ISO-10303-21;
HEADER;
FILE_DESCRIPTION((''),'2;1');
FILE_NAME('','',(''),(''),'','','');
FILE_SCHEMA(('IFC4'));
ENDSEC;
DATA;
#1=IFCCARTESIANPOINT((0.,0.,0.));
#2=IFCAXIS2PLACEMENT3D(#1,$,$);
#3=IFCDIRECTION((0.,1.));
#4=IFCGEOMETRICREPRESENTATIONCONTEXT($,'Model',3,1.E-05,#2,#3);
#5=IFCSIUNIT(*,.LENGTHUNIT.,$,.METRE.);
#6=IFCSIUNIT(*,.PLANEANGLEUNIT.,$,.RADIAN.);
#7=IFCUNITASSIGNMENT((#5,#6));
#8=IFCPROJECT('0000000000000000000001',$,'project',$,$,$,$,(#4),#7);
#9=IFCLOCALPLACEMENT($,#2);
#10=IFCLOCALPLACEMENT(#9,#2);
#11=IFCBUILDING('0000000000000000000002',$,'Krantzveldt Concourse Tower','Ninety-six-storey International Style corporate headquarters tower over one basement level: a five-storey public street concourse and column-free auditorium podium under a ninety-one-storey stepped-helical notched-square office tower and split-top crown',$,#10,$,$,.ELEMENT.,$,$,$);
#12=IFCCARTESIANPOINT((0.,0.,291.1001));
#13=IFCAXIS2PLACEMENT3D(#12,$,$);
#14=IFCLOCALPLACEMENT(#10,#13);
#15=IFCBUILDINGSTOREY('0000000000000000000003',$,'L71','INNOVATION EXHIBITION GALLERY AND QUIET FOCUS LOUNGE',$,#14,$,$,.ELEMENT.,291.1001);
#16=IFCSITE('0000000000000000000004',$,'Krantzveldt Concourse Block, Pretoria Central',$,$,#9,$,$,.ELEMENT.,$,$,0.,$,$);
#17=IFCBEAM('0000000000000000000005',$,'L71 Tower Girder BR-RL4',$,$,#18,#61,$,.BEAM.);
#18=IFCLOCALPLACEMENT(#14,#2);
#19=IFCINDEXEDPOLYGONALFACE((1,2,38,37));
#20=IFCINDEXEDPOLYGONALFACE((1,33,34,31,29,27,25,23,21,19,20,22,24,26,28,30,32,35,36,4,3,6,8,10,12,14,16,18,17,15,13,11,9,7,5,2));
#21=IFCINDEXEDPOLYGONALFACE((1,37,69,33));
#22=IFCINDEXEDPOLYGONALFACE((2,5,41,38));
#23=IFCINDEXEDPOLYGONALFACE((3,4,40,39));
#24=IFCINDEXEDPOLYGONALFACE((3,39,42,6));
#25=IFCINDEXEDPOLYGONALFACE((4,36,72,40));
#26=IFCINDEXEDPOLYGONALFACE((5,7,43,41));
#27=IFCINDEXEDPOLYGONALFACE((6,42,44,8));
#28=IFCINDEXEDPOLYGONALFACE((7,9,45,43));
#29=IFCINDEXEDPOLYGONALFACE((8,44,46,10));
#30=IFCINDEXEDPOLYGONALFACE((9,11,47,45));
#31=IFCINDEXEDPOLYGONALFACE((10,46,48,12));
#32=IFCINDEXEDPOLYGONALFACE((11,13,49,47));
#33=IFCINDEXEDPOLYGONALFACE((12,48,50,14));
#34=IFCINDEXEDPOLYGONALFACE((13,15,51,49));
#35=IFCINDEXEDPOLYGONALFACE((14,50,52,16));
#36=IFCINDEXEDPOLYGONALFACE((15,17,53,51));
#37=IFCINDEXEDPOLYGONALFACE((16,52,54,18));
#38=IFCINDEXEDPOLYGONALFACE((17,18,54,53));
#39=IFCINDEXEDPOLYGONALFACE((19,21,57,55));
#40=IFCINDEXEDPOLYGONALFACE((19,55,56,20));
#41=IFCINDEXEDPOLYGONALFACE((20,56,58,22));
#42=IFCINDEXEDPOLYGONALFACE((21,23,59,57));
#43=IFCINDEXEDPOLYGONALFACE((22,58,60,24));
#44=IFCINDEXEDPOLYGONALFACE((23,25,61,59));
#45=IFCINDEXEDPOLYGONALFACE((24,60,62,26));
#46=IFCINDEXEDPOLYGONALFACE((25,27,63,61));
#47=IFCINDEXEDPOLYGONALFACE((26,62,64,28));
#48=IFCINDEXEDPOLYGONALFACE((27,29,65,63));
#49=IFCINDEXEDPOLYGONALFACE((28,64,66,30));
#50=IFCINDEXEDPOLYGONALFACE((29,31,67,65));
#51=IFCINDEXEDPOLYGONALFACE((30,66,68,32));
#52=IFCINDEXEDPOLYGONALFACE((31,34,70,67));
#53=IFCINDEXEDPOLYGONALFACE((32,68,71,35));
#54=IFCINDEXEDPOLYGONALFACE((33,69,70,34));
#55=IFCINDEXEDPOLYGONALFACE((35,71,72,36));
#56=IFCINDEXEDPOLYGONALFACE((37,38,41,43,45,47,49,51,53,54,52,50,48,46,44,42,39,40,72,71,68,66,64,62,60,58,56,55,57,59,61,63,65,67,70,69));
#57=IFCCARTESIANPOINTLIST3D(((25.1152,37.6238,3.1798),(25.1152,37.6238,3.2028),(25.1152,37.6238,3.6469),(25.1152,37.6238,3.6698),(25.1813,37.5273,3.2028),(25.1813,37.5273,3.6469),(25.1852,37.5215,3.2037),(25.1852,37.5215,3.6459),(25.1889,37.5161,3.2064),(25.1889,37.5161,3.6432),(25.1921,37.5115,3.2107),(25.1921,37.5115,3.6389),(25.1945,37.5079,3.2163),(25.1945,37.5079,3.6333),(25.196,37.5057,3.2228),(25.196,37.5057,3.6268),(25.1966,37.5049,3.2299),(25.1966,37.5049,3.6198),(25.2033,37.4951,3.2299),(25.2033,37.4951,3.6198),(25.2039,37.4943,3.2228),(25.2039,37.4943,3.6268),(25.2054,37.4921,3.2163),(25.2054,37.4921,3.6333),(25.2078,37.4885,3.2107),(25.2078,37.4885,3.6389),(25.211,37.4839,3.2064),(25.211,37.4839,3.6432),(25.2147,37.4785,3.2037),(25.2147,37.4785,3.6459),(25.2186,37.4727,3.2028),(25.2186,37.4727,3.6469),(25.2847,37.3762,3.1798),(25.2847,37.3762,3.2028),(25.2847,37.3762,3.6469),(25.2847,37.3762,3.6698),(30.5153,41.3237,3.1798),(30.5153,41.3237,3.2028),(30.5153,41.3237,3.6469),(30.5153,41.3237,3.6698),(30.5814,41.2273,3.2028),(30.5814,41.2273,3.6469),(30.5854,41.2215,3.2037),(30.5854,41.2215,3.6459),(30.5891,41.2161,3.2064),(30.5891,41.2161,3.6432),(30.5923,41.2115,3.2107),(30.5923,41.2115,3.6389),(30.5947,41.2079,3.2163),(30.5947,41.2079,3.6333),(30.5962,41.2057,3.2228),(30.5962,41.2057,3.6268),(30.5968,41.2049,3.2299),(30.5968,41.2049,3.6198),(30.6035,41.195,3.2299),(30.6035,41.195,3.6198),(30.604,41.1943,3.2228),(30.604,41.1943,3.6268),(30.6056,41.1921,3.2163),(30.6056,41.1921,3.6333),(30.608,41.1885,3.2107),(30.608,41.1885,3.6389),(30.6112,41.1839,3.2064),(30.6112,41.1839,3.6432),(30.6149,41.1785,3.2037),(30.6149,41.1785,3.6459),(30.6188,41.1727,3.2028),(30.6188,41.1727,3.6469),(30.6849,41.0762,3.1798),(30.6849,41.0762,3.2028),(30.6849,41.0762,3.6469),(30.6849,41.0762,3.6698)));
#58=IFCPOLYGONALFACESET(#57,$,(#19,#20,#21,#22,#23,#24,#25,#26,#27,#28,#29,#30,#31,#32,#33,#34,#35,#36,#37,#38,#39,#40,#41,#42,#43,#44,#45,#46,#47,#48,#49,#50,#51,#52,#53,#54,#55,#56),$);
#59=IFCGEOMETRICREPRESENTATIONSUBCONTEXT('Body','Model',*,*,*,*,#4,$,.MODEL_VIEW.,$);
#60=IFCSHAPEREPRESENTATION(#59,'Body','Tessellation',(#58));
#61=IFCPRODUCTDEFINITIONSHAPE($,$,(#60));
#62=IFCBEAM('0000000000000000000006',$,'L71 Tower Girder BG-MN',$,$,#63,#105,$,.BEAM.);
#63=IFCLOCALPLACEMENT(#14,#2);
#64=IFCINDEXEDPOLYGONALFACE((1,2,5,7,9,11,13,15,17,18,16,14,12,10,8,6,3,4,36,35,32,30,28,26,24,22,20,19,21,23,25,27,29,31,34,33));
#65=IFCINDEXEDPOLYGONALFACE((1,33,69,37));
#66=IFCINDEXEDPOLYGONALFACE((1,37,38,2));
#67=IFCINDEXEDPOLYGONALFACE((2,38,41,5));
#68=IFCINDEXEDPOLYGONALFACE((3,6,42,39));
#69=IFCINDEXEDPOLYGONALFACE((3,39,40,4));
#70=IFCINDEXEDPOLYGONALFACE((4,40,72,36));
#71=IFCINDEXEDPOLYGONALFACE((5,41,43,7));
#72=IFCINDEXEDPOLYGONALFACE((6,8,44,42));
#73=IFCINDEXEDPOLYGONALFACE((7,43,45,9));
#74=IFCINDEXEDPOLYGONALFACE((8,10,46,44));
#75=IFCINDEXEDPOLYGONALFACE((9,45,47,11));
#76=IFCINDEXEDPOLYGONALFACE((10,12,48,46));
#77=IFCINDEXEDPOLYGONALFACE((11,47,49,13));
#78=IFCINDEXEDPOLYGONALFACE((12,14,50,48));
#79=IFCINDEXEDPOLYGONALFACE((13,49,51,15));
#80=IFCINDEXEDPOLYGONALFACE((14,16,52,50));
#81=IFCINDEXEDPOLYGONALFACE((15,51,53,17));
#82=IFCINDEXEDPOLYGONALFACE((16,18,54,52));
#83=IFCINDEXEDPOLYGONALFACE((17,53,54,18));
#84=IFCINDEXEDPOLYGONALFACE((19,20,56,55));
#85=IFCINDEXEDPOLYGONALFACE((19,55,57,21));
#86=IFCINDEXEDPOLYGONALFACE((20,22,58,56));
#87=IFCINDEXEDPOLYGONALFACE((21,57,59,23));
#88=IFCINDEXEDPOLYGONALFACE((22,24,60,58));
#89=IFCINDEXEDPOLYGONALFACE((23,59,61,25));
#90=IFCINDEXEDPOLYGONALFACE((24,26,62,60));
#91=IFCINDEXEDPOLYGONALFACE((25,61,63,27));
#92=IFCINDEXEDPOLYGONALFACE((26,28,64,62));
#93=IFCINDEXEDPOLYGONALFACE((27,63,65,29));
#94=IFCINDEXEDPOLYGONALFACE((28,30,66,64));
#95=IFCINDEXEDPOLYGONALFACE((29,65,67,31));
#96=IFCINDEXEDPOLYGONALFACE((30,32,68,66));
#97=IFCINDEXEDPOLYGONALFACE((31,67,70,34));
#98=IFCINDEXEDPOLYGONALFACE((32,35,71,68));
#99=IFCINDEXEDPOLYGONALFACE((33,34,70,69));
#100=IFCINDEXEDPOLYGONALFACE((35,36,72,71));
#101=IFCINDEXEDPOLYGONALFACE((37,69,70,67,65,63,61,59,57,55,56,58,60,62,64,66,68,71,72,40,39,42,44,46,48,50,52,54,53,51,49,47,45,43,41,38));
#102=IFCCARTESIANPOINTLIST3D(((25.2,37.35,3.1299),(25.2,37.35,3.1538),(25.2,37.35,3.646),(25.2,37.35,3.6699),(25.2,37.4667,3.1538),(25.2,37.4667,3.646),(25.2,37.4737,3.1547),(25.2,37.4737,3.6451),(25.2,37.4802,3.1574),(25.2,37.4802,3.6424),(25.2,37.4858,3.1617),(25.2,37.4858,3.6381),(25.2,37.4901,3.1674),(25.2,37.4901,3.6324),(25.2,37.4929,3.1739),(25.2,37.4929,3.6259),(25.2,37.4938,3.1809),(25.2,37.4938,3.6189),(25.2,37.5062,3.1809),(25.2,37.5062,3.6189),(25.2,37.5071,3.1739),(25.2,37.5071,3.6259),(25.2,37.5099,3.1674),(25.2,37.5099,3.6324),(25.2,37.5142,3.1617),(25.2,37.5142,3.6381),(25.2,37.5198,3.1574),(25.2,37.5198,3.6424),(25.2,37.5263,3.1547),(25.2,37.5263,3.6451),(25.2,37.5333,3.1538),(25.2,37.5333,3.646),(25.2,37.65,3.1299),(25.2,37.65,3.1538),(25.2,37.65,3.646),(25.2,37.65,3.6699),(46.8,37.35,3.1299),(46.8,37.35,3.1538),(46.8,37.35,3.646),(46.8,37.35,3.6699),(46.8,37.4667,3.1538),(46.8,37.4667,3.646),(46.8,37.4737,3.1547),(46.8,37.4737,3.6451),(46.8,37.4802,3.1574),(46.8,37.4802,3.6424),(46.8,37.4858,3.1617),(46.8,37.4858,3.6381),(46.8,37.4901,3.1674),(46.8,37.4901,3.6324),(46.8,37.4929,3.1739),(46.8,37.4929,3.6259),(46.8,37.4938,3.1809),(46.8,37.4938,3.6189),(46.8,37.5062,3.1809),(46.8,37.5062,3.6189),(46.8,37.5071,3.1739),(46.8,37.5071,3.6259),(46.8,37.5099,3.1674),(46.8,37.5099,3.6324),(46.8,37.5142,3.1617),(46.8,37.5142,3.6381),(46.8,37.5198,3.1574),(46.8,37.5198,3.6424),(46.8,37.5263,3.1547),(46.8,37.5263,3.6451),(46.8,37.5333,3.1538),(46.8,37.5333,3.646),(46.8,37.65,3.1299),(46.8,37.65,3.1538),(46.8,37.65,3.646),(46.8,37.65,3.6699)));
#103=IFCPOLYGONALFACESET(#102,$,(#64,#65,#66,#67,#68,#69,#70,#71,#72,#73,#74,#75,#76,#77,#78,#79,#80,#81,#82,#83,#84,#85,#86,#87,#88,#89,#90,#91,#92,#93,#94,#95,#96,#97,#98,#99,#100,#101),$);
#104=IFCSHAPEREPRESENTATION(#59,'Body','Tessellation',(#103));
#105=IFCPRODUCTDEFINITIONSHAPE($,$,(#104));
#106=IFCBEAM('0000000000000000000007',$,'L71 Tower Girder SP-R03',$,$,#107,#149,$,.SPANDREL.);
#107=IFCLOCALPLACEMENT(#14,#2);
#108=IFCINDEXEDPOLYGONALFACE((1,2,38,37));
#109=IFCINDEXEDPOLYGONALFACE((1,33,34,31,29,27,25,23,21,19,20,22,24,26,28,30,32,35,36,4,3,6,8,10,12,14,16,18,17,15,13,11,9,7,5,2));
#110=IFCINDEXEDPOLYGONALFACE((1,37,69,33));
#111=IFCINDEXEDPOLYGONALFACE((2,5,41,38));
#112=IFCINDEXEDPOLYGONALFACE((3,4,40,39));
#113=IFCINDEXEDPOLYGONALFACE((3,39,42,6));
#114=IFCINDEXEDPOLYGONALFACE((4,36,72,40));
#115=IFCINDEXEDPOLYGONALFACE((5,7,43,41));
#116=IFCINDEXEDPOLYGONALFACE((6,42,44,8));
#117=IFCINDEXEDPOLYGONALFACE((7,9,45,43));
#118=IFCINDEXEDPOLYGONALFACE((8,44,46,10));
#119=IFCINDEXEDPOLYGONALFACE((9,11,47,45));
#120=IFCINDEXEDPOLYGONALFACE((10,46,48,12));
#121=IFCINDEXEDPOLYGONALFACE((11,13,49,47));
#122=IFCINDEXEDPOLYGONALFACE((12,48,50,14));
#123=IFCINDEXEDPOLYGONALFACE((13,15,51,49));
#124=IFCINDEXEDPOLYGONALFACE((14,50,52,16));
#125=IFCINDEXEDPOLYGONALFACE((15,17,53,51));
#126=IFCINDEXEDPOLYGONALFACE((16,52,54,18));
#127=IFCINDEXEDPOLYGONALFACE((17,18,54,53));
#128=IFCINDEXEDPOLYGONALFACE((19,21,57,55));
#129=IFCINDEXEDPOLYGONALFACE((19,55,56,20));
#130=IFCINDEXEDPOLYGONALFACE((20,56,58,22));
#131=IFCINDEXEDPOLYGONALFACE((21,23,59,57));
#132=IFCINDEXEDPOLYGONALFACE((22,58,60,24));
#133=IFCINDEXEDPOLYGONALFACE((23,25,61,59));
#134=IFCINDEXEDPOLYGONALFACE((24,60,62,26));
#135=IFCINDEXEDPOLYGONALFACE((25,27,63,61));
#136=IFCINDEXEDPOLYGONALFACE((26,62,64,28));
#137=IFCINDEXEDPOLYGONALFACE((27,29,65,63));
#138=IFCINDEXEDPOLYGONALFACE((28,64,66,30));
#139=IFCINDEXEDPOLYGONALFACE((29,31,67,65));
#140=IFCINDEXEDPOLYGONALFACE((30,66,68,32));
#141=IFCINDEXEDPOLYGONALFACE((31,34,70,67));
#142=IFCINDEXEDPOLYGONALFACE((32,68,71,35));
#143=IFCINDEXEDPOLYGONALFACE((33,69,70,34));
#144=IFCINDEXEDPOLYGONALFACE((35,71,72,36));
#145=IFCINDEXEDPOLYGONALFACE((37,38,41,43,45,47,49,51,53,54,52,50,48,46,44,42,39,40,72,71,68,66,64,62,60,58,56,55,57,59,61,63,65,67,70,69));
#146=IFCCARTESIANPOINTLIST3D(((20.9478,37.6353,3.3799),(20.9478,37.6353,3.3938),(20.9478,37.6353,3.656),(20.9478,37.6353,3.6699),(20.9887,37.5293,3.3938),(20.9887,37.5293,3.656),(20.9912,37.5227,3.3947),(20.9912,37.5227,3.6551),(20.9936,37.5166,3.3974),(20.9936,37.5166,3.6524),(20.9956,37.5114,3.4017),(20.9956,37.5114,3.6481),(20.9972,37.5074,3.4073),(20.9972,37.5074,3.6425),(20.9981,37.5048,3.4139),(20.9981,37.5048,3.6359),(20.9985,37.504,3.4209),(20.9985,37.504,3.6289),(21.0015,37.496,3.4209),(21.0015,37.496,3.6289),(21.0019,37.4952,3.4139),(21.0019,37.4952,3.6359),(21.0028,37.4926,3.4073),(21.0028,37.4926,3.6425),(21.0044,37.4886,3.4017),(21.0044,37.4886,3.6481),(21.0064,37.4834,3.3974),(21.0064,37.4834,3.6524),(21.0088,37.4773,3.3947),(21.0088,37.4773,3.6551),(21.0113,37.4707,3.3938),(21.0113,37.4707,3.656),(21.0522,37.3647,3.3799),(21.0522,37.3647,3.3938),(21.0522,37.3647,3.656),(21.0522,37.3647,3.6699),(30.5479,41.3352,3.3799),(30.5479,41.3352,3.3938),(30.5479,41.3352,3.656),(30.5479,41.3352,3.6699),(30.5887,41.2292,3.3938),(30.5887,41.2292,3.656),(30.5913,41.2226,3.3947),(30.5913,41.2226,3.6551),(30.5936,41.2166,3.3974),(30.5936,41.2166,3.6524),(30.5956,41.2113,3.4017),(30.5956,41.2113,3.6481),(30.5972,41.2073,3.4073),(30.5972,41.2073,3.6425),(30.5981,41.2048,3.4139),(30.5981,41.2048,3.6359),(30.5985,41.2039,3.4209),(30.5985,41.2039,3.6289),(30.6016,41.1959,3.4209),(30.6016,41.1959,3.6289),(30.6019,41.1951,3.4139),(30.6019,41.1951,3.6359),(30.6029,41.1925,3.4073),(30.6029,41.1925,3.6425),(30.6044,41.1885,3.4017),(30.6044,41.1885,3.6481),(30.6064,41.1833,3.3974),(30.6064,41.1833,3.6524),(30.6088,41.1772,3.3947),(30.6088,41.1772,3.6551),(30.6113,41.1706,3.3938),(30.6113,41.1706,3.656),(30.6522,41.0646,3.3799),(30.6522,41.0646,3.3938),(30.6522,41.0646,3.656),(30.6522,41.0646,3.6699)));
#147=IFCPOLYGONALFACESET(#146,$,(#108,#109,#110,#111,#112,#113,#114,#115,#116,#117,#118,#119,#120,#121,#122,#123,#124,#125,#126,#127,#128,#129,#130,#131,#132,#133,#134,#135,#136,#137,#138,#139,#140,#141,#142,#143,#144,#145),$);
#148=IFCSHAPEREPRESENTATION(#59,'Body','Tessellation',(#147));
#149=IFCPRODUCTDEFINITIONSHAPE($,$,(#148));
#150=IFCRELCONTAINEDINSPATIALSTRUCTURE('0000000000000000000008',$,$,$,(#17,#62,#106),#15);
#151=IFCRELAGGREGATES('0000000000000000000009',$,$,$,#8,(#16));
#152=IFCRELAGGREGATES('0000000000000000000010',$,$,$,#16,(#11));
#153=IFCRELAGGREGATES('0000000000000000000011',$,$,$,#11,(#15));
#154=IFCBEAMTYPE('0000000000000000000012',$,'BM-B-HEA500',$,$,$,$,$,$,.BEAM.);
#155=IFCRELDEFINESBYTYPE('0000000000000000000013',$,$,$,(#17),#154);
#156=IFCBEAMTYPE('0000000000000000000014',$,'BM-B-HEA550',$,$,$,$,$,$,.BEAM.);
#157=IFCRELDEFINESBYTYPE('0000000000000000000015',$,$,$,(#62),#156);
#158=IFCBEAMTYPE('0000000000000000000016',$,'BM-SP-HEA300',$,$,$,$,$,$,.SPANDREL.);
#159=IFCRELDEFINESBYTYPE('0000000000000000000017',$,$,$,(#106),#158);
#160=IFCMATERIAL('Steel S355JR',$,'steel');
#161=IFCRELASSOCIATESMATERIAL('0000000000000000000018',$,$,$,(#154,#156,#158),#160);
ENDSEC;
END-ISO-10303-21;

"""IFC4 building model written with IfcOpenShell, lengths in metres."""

from ifc_helpers import new_model, si_unit, direction, frame, origin, origin_2d, place, context, subcontext, project, spatial, i_section, extrude, source, transform, mapped, material, material_profile, profile_set, type_object, type_shapes, element, save


model = new_model("IFC4")

# Units and contexts
model_context = context("Model", 3, precision=1e-05, world=origin(), true_north=direction((0.0, 1.0)))
body_context = subcontext(model_context, "Body", "Model", "MODEL_VIEW")
ifc_project = project(units=[si_unit("LENGTHUNIT", "METRE"), si_unit("PLANEANGLEUNIT", "RADIAN")], contexts=[model_context])

# Site, building, storey
site_placement = place(None, origin())
site = spatial("IfcSite", under=ifc_project, at=site_placement, Name="Krantzveldt Concourse Block, Pretoria Central", CompositionType="ELEMENT", RefElevation=0.0)
building_placement = place(site_placement, origin())
building = spatial("IfcBuilding", under=site, at=building_placement, Name="Krantzveldt Concourse Tower", Description="Ninety-six-storey International Style corporate headquarters tower over one basement level: a five-storey public street concourse and column-free auditorium podium under a ninety-one-storey stepped-helical notched-square office tower and split-top crown", CompositionType="ELEMENT")
storey_placement = place(building_placement, frame((0.0, 0.0, 291.1001)))
storey = spatial("IfcBuildingStorey", under=building, at=storey_placement, Name="L71", Description="INNOVATION EXHIBITION GALLERY AND QUIET FOCUS LOUNGE", CompositionType="ELEMENT", Elevation=291.1001)

# Beams
ifc_material_1 = material(Name="Steel S355JR", Category="steel")
ifc_material_profile_1 = material_profile(ifc_material_1, i_section(OverallWidth=0.3, OverallDepth=0.49, WebThickness=0.012, FlangeThickness=0.0229, FilletRadius=0.0271, at=origin_2d()), Name="Steel S355JR", Category="steel")
ifc_profile_set_1 = profile_set([ifc_material_profile_1], Name="Steel S355JR - HEA 500")
beam_type_1 = type_object("IfcBeamType", Name="BM-B-HEA500", PredefinedType="BEAM", material=ifc_profile_set_1)
shared_shape_1 = source(origin(), body_context, "Body", "SweptSolid", [
    extrude(i_section(OverallWidth=0.3, OverallDepth=0.49, WebThickness=0.012, FlangeThickness=0.0229, FilletRadius=0.0271, at=origin_2d()), origin(), (0.0, 0.0, 1.0), 6.5461),
])
beam_1_placement = place(storey_placement, frame((25.2, 37.5, 3.4248), z_axis=(0.824943, 0.565216, 0.0), x_axis=(-0.565216, 0.824943, 0.0)))
element("IfcBeam", 1, at=beam_1_placement, inside=storey, type_object=beam_type_1, Name="L71 Tower Girder BR-RL4", PredefinedType="BEAM", context=body_context, shape_type="MappedRepresentation", body=[
    mapped(shared_shape_1, transform((0.0, 0.0, 0.0), x_axis=(1.0, 0.0, 0.0), y_axis=(0.0, 1.0, 0.0), z_axis=(0.0, 0.0, 1.0), scale=1.0)),
])
ifc_material_profile_2 = material_profile(ifc_material_1, i_section(OverallWidth=0.3, OverallDepth=0.54, WebThickness=0.0125, FlangeThickness=0.0239, FilletRadius=0.0271, at=origin_2d()), Name="Steel S355JR", Category="steel")
ifc_profile_set_2 = profile_set([ifc_material_profile_2], Name="Steel S355JR - HEA 550")
beam_type_2 = type_object("IfcBeamType", Name="BM-B-HEA550", PredefinedType="BEAM", material=ifc_profile_set_2)
shared_shape_2 = source(origin(), body_context, "Body", "SweptSolid", [
    extrude(i_section(OverallWidth=0.3, OverallDepth=0.54, WebThickness=0.0125, FlangeThickness=0.0239, FilletRadius=0.0271, at=origin_2d()), origin(), (0.0, 0.0, 1.0), 21.6001),
])
type_shapes(beam_type_2, [shared_shape_2])
beam_2_placement = place(storey_placement, frame((25.2, 37.5, 3.3999), z_axis=(1.0, 0.0, 0.0), x_axis=(0.0, 1.0, 0.0)))
element("IfcBeam", 2, at=beam_2_placement, inside=storey, type_object=beam_type_2, Name="L71 Tower Girder BG-MN", PredefinedType="BEAM", context=body_context, shape_type="MappedRepresentation", body=[
    mapped(shared_shape_2, transform((0.0, 0.0, 0.0), x_axis=(1.0, 0.0, 0.0), y_axis=(0.0, 1.0, 0.0), z_axis=(0.0, 0.0, 1.0), scale=1.0)),
])
ifc_material_profile_3 = material_profile(ifc_material_1, i_section(OverallWidth=0.29, OverallDepth=0.29, WebThickness=0.0085, FlangeThickness=0.0139, FilletRadius=0.0271, at=origin_2d()), Name="Steel S355JR", Category="steel")
ifc_profile_set_3 = profile_set([ifc_material_profile_3], Name="Steel S355JR - HEA 300")
beam_type_3 = type_object("IfcBeamType", Name="BM-SP-HEA300", PredefinedType="SPANDREL", material=ifc_profile_set_3)
shared_shape_3 = source(origin(), body_context, "Body", "SweptSolid", [
    extrude(i_section(OverallWidth=0.29, OverallDepth=0.29, WebThickness=0.0085, FlangeThickness=0.0139, FilletRadius=0.0271, at=origin_2d()), origin(), (0.0, 0.0, 1.0), 10.2883),
])
beam_3_placement = place(storey_placement, frame((21.0, 37.5, 3.5249), z_axis=(0.933098, 0.359623, 0.0), x_axis=(-0.359623, 0.933098, 0.0)))
element("IfcBeam", 3, at=beam_3_placement, inside=storey, type_object=beam_type_3, Name="L71 Tower Girder SP-R03", PredefinedType="SPANDREL", context=body_context, shape_type="MappedRepresentation", body=[
    mapped(shared_shape_3, transform((0.0, 0.0, 0.0), x_axis=(1.0, 0.0, 0.0), y_axis=(0.0, 1.0, 0.0), z_axis=(0.0, 0.0, 1.0), scale=1.0)),
])

save(model, "model.ifc")
